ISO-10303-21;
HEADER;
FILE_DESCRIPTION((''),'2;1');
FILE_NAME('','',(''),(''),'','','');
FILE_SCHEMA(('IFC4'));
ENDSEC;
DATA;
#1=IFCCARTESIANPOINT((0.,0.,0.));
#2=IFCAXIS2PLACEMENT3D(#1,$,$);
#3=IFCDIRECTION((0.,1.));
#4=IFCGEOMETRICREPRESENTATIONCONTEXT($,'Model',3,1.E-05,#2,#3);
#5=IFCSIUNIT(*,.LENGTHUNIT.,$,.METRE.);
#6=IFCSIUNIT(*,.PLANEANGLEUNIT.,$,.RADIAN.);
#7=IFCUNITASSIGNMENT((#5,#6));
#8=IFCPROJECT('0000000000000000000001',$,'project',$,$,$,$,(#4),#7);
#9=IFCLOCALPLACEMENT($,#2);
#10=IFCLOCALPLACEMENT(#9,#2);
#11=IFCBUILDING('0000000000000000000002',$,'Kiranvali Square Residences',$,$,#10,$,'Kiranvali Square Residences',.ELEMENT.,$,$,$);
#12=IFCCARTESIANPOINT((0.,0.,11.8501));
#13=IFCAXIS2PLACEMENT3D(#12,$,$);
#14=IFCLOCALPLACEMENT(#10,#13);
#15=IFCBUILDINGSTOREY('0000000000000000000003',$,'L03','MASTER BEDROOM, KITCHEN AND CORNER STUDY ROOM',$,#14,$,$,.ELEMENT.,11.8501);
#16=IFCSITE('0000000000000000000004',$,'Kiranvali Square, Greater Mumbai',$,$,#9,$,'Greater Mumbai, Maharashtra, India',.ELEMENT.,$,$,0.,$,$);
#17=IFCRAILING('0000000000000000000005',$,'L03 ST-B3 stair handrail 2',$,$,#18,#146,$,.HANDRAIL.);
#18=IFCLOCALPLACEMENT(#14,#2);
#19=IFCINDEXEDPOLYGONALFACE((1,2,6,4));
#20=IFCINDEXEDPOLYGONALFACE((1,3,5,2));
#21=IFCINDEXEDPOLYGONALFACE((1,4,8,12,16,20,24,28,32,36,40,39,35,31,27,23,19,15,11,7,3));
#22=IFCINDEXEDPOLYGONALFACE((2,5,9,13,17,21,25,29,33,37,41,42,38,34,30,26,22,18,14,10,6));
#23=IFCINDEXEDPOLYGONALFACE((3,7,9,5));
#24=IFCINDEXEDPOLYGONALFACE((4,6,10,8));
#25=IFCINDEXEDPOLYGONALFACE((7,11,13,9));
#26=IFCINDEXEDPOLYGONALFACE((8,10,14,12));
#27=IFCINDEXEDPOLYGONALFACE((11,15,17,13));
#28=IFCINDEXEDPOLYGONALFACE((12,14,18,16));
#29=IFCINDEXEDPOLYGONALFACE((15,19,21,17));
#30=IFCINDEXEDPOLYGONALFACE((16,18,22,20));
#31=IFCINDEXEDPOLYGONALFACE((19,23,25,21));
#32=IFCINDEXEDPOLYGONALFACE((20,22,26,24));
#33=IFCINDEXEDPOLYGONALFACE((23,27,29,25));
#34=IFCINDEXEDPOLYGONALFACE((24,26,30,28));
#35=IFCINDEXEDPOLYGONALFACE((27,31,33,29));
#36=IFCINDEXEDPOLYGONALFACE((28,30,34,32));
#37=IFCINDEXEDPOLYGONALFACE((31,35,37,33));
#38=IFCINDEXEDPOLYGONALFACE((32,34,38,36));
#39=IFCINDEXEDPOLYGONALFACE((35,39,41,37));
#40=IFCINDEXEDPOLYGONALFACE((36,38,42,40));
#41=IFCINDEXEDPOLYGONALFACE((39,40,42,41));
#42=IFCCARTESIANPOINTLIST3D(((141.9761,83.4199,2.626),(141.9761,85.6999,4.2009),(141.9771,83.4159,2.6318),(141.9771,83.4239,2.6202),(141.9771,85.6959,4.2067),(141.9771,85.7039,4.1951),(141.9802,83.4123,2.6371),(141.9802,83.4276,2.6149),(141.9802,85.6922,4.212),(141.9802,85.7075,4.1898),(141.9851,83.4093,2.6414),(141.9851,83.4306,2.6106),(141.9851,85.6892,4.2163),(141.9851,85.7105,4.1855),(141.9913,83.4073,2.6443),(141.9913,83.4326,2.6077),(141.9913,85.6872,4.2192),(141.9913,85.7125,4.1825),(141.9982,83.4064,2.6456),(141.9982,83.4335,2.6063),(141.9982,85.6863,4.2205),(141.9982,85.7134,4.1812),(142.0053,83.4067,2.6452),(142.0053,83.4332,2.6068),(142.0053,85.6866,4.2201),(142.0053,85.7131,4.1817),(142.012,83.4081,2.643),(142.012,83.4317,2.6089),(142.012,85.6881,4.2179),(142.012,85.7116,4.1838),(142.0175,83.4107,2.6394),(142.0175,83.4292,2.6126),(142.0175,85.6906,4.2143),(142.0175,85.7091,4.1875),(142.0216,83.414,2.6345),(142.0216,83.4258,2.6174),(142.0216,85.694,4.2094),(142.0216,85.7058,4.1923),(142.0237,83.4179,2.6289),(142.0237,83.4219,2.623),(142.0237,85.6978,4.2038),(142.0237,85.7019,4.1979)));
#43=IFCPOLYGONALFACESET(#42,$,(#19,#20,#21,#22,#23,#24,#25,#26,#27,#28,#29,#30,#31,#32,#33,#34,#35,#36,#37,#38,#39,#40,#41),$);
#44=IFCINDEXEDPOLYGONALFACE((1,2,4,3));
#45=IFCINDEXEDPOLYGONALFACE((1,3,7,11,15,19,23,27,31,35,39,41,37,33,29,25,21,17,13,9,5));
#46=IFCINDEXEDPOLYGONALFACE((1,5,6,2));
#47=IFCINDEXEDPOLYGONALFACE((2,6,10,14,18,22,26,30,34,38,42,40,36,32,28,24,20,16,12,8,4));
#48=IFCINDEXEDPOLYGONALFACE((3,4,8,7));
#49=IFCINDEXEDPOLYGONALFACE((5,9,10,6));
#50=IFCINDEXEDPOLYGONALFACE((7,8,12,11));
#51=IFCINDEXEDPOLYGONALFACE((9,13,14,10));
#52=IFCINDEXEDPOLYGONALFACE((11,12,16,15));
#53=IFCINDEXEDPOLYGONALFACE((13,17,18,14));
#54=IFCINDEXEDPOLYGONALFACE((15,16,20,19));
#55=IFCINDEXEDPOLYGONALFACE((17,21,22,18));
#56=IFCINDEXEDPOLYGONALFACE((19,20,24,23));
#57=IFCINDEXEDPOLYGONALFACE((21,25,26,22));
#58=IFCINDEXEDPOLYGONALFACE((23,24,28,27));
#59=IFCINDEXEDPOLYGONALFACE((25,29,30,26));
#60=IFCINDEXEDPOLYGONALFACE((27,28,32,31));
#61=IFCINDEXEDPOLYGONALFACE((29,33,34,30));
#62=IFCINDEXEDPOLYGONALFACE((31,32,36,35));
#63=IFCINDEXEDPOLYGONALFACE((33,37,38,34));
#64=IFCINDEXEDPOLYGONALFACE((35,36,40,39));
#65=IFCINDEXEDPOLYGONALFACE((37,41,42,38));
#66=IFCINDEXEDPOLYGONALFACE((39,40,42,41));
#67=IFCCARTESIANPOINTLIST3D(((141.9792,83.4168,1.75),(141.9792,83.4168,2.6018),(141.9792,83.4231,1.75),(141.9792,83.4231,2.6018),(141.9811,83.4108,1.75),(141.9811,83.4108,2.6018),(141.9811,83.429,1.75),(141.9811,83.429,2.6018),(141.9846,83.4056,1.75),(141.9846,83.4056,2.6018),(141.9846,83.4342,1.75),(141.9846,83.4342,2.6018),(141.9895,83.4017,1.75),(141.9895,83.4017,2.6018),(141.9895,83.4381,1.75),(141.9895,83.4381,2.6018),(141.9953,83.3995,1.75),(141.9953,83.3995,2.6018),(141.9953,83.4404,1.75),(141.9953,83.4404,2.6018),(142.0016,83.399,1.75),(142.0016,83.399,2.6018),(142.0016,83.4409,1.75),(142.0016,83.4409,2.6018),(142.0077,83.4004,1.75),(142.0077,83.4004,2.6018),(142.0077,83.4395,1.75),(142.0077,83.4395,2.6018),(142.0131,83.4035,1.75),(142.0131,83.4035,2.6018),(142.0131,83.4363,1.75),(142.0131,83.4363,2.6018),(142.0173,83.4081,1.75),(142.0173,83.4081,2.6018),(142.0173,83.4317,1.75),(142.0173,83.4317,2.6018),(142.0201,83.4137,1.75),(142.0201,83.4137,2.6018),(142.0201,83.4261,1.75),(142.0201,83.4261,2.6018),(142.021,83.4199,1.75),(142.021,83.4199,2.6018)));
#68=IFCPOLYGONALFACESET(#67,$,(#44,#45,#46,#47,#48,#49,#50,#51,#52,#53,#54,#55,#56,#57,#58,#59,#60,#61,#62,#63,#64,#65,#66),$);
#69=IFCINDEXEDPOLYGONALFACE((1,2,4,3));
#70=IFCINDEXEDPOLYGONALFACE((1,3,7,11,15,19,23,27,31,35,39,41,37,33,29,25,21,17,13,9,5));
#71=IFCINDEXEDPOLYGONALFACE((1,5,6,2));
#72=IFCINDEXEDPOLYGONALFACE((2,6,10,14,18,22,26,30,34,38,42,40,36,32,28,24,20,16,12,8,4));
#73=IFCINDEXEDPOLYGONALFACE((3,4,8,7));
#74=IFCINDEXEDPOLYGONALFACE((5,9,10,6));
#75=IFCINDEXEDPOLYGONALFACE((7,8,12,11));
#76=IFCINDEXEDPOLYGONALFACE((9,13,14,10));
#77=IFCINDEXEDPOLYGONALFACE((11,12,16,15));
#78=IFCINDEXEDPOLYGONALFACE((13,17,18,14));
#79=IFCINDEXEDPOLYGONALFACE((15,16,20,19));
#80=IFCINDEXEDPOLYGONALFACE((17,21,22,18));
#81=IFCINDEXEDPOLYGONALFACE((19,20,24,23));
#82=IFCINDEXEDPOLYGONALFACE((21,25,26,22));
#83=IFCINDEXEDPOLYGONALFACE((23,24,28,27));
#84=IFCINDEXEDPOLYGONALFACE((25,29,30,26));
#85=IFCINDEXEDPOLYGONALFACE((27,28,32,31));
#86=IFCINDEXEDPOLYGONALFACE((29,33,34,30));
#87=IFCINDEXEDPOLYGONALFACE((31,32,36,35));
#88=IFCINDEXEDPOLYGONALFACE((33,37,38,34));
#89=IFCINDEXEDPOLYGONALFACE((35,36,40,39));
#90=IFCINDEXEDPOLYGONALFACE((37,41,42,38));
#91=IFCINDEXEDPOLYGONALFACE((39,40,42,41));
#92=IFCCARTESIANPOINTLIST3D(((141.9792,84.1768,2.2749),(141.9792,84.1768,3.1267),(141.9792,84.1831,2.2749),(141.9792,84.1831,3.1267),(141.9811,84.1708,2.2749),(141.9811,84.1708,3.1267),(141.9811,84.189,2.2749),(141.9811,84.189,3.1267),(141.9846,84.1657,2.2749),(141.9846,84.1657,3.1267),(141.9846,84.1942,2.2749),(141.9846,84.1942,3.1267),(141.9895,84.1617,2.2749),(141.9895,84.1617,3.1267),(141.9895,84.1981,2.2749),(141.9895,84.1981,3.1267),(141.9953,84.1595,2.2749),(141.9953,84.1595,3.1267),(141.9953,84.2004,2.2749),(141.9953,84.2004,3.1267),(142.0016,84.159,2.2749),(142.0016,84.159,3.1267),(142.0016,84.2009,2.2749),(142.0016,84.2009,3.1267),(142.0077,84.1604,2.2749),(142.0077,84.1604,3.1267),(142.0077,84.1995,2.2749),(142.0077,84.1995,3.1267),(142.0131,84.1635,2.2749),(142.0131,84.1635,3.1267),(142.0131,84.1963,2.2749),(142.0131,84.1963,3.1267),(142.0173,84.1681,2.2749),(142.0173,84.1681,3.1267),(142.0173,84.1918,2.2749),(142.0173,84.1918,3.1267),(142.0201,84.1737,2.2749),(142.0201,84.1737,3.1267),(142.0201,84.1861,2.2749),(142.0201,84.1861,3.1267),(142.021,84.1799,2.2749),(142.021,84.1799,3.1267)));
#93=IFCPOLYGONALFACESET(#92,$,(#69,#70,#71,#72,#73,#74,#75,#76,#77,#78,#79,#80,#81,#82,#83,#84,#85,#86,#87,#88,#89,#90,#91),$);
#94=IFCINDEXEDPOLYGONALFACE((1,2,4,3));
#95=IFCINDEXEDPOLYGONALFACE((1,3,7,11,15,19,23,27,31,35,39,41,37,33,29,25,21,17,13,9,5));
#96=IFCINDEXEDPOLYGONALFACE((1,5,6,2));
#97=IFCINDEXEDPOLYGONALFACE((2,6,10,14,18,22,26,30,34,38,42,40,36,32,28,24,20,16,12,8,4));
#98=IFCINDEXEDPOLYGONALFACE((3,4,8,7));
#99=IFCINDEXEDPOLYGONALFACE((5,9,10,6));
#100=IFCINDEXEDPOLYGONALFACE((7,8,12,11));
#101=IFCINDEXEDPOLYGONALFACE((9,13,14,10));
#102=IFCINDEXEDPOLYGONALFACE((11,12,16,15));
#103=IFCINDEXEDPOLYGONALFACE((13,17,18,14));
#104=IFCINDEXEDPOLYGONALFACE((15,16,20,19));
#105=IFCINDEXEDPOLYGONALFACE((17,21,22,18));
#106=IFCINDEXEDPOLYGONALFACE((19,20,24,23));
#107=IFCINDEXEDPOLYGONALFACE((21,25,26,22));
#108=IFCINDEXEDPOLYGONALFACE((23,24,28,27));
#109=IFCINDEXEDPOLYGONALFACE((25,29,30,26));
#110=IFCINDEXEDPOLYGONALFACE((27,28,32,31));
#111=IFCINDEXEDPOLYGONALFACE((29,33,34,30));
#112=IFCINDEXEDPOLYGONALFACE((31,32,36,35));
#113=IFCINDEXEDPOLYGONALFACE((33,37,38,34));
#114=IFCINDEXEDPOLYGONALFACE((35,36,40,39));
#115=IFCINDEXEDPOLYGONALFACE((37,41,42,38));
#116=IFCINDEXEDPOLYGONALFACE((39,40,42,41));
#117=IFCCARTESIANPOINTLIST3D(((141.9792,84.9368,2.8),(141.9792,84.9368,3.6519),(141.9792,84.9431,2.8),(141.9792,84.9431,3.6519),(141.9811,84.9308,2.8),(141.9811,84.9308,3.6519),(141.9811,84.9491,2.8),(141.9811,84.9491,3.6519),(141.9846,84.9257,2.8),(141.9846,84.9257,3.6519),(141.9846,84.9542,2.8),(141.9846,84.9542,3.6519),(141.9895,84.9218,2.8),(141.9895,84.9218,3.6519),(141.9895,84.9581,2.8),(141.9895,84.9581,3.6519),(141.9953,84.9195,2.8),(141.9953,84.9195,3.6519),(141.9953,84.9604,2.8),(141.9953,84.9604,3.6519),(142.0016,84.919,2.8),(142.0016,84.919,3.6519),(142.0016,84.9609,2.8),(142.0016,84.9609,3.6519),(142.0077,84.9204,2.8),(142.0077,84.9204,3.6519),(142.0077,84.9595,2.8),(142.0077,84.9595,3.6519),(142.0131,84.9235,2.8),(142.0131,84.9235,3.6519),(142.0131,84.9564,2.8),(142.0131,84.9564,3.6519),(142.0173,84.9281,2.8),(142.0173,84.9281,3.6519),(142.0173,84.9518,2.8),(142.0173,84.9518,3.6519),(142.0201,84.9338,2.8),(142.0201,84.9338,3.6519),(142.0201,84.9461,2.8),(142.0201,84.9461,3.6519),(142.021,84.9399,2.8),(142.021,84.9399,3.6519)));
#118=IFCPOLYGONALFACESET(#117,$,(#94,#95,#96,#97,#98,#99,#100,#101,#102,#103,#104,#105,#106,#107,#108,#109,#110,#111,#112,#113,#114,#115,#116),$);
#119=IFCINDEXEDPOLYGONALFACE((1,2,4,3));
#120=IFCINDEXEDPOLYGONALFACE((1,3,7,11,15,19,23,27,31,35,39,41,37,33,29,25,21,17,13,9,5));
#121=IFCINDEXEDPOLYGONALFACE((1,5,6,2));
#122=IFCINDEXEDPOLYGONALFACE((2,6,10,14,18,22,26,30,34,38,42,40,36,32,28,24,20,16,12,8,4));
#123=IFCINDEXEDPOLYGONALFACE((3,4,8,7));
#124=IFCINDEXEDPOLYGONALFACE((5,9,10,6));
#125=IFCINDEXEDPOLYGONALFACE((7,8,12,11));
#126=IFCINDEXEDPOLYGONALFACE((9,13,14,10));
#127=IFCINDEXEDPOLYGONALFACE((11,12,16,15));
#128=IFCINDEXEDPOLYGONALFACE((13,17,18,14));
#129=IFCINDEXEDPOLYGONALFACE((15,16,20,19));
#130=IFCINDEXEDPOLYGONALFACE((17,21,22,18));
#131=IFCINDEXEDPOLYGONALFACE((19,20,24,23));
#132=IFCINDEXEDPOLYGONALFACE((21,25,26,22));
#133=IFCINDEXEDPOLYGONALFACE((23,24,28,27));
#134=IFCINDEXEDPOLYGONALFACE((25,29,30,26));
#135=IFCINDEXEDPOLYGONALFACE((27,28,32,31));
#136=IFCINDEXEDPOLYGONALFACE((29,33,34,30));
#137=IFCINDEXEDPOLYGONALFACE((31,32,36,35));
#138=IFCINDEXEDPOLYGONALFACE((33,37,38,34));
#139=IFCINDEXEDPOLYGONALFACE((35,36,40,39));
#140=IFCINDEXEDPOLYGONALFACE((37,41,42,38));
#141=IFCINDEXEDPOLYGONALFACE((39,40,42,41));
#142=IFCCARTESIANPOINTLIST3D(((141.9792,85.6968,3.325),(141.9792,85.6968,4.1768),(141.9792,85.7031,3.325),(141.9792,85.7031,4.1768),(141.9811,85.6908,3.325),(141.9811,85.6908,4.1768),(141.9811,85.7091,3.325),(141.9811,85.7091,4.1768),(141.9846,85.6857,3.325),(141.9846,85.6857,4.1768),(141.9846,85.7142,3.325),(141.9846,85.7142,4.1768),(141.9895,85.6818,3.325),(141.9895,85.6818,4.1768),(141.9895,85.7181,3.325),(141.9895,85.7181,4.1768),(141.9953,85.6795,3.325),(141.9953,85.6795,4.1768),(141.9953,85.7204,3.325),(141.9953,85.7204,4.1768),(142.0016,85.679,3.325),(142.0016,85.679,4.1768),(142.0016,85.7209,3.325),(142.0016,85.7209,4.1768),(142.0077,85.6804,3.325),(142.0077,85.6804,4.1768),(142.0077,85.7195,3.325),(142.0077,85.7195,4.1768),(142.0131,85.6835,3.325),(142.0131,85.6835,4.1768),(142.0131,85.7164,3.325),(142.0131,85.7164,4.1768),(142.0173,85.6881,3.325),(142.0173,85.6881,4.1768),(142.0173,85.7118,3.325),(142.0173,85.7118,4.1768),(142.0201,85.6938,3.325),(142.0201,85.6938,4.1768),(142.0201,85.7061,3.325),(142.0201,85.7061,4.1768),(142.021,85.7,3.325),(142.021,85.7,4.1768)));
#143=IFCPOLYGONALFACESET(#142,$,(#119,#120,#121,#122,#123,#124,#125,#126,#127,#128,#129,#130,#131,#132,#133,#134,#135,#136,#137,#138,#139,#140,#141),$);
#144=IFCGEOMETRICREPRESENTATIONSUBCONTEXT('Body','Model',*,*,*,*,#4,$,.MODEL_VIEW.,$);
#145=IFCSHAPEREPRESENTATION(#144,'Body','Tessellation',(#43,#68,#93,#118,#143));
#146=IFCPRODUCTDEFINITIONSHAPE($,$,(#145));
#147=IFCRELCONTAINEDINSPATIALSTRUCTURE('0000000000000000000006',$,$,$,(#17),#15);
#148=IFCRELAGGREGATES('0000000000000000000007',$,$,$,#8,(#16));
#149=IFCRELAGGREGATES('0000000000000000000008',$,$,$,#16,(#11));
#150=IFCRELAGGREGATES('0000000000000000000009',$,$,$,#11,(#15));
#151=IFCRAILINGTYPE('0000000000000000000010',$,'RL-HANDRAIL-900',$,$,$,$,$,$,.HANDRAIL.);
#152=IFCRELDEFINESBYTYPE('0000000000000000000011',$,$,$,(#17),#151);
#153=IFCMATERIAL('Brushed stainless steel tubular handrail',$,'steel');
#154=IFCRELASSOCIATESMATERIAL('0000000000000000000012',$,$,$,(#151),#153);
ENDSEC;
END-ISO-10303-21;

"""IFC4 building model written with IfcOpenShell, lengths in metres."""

from ifc_helpers import new_model, si_unit, direction, frame, origin, origin_2d, place, context, subcontext, project, spatial, circle, extrude, material, type_object, element, save


model = new_model("IFC4")

# Units and contexts
model_context = context("Model", 3, precision=1e-05, world=origin(), true_north=direction((0.0, 1.0)))
body_context = subcontext(model_context, "Body", "Model", "MODEL_VIEW")
ifc_project = project(units=[si_unit("LENGTHUNIT", "METRE"), si_unit("PLANEANGLEUNIT", "RADIAN")], contexts=[model_context])

# Site, building, storey
site_placement = place(None, origin())
site = spatial("IfcSite", under=ifc_project, at=site_placement, Name="Kiranvali Square, Greater Mumbai", LongName="Greater Mumbai, Maharashtra, India", CompositionType="ELEMENT", RefElevation=0.0)
building_placement = place(site_placement, origin())
building = spatial("IfcBuilding", under=site, at=building_placement, Name="Kiranvali Square Residences", LongName="Kiranvali Square Residences", CompositionType="ELEMENT")
storey_placement = place(building_placement, frame((0.0, 0.0, 11.8501)))
storey = spatial("IfcBuildingStorey", under=building, at=storey_placement, Name="L03", Description="MASTER BEDROOM, KITCHEN AND CORNER STUDY ROOM", CompositionType="ELEMENT", Elevation=11.8501)

# Railing
ifc_material_1 = material(Name="Brushed stainless steel tubular handrail", Category="steel")
railing_type_1 = type_object("IfcRailingType", Name="RL-HANDRAIL-900", PredefinedType="HANDRAIL", material=ifc_material_1)
railing_1_placement = place(storey_placement, frame((142.0, 83.4199, 1.75)))
element("IfcRailing", 1, at=railing_1_placement, inside=storey, type_object=railing_type_1, Name="L03 ST-B3 stair handrail 2", PredefinedType="HANDRAIL", context=body_context, shape_type="SweptSolid", body=[
    extrude(circle(Radius=0.0239, at=origin_2d()), frame((0.0, 0.0, 0.876), z_axis=(0.0, 0.822788, 0.568348), x_axis=(-1.0, 0.0, 0.0)), (0.0, 0.0, 1.0), 2.771),
    extrude(circle(Radius=0.021, at=origin_2d()), origin(), (0.0, 0.0, 1.0), 0.8518),
    extrude(circle(Radius=0.021, at=origin_2d()), frame((0.0, 0.76, 0.5249)), (0.0, 0.0, 1.0), 0.8518),
    extrude(circle(Radius=0.021, at=origin_2d()), frame((0.0, 1.52, 1.05)), (0.0, 0.0, 1.0), 0.8518),
    extrude(circle(Radius=0.021, at=origin_2d()), frame((0.0, 2.28, 1.575)), (0.0, 0.0, 1.0), 0.8518),
])

save(model, "model.ifc")
